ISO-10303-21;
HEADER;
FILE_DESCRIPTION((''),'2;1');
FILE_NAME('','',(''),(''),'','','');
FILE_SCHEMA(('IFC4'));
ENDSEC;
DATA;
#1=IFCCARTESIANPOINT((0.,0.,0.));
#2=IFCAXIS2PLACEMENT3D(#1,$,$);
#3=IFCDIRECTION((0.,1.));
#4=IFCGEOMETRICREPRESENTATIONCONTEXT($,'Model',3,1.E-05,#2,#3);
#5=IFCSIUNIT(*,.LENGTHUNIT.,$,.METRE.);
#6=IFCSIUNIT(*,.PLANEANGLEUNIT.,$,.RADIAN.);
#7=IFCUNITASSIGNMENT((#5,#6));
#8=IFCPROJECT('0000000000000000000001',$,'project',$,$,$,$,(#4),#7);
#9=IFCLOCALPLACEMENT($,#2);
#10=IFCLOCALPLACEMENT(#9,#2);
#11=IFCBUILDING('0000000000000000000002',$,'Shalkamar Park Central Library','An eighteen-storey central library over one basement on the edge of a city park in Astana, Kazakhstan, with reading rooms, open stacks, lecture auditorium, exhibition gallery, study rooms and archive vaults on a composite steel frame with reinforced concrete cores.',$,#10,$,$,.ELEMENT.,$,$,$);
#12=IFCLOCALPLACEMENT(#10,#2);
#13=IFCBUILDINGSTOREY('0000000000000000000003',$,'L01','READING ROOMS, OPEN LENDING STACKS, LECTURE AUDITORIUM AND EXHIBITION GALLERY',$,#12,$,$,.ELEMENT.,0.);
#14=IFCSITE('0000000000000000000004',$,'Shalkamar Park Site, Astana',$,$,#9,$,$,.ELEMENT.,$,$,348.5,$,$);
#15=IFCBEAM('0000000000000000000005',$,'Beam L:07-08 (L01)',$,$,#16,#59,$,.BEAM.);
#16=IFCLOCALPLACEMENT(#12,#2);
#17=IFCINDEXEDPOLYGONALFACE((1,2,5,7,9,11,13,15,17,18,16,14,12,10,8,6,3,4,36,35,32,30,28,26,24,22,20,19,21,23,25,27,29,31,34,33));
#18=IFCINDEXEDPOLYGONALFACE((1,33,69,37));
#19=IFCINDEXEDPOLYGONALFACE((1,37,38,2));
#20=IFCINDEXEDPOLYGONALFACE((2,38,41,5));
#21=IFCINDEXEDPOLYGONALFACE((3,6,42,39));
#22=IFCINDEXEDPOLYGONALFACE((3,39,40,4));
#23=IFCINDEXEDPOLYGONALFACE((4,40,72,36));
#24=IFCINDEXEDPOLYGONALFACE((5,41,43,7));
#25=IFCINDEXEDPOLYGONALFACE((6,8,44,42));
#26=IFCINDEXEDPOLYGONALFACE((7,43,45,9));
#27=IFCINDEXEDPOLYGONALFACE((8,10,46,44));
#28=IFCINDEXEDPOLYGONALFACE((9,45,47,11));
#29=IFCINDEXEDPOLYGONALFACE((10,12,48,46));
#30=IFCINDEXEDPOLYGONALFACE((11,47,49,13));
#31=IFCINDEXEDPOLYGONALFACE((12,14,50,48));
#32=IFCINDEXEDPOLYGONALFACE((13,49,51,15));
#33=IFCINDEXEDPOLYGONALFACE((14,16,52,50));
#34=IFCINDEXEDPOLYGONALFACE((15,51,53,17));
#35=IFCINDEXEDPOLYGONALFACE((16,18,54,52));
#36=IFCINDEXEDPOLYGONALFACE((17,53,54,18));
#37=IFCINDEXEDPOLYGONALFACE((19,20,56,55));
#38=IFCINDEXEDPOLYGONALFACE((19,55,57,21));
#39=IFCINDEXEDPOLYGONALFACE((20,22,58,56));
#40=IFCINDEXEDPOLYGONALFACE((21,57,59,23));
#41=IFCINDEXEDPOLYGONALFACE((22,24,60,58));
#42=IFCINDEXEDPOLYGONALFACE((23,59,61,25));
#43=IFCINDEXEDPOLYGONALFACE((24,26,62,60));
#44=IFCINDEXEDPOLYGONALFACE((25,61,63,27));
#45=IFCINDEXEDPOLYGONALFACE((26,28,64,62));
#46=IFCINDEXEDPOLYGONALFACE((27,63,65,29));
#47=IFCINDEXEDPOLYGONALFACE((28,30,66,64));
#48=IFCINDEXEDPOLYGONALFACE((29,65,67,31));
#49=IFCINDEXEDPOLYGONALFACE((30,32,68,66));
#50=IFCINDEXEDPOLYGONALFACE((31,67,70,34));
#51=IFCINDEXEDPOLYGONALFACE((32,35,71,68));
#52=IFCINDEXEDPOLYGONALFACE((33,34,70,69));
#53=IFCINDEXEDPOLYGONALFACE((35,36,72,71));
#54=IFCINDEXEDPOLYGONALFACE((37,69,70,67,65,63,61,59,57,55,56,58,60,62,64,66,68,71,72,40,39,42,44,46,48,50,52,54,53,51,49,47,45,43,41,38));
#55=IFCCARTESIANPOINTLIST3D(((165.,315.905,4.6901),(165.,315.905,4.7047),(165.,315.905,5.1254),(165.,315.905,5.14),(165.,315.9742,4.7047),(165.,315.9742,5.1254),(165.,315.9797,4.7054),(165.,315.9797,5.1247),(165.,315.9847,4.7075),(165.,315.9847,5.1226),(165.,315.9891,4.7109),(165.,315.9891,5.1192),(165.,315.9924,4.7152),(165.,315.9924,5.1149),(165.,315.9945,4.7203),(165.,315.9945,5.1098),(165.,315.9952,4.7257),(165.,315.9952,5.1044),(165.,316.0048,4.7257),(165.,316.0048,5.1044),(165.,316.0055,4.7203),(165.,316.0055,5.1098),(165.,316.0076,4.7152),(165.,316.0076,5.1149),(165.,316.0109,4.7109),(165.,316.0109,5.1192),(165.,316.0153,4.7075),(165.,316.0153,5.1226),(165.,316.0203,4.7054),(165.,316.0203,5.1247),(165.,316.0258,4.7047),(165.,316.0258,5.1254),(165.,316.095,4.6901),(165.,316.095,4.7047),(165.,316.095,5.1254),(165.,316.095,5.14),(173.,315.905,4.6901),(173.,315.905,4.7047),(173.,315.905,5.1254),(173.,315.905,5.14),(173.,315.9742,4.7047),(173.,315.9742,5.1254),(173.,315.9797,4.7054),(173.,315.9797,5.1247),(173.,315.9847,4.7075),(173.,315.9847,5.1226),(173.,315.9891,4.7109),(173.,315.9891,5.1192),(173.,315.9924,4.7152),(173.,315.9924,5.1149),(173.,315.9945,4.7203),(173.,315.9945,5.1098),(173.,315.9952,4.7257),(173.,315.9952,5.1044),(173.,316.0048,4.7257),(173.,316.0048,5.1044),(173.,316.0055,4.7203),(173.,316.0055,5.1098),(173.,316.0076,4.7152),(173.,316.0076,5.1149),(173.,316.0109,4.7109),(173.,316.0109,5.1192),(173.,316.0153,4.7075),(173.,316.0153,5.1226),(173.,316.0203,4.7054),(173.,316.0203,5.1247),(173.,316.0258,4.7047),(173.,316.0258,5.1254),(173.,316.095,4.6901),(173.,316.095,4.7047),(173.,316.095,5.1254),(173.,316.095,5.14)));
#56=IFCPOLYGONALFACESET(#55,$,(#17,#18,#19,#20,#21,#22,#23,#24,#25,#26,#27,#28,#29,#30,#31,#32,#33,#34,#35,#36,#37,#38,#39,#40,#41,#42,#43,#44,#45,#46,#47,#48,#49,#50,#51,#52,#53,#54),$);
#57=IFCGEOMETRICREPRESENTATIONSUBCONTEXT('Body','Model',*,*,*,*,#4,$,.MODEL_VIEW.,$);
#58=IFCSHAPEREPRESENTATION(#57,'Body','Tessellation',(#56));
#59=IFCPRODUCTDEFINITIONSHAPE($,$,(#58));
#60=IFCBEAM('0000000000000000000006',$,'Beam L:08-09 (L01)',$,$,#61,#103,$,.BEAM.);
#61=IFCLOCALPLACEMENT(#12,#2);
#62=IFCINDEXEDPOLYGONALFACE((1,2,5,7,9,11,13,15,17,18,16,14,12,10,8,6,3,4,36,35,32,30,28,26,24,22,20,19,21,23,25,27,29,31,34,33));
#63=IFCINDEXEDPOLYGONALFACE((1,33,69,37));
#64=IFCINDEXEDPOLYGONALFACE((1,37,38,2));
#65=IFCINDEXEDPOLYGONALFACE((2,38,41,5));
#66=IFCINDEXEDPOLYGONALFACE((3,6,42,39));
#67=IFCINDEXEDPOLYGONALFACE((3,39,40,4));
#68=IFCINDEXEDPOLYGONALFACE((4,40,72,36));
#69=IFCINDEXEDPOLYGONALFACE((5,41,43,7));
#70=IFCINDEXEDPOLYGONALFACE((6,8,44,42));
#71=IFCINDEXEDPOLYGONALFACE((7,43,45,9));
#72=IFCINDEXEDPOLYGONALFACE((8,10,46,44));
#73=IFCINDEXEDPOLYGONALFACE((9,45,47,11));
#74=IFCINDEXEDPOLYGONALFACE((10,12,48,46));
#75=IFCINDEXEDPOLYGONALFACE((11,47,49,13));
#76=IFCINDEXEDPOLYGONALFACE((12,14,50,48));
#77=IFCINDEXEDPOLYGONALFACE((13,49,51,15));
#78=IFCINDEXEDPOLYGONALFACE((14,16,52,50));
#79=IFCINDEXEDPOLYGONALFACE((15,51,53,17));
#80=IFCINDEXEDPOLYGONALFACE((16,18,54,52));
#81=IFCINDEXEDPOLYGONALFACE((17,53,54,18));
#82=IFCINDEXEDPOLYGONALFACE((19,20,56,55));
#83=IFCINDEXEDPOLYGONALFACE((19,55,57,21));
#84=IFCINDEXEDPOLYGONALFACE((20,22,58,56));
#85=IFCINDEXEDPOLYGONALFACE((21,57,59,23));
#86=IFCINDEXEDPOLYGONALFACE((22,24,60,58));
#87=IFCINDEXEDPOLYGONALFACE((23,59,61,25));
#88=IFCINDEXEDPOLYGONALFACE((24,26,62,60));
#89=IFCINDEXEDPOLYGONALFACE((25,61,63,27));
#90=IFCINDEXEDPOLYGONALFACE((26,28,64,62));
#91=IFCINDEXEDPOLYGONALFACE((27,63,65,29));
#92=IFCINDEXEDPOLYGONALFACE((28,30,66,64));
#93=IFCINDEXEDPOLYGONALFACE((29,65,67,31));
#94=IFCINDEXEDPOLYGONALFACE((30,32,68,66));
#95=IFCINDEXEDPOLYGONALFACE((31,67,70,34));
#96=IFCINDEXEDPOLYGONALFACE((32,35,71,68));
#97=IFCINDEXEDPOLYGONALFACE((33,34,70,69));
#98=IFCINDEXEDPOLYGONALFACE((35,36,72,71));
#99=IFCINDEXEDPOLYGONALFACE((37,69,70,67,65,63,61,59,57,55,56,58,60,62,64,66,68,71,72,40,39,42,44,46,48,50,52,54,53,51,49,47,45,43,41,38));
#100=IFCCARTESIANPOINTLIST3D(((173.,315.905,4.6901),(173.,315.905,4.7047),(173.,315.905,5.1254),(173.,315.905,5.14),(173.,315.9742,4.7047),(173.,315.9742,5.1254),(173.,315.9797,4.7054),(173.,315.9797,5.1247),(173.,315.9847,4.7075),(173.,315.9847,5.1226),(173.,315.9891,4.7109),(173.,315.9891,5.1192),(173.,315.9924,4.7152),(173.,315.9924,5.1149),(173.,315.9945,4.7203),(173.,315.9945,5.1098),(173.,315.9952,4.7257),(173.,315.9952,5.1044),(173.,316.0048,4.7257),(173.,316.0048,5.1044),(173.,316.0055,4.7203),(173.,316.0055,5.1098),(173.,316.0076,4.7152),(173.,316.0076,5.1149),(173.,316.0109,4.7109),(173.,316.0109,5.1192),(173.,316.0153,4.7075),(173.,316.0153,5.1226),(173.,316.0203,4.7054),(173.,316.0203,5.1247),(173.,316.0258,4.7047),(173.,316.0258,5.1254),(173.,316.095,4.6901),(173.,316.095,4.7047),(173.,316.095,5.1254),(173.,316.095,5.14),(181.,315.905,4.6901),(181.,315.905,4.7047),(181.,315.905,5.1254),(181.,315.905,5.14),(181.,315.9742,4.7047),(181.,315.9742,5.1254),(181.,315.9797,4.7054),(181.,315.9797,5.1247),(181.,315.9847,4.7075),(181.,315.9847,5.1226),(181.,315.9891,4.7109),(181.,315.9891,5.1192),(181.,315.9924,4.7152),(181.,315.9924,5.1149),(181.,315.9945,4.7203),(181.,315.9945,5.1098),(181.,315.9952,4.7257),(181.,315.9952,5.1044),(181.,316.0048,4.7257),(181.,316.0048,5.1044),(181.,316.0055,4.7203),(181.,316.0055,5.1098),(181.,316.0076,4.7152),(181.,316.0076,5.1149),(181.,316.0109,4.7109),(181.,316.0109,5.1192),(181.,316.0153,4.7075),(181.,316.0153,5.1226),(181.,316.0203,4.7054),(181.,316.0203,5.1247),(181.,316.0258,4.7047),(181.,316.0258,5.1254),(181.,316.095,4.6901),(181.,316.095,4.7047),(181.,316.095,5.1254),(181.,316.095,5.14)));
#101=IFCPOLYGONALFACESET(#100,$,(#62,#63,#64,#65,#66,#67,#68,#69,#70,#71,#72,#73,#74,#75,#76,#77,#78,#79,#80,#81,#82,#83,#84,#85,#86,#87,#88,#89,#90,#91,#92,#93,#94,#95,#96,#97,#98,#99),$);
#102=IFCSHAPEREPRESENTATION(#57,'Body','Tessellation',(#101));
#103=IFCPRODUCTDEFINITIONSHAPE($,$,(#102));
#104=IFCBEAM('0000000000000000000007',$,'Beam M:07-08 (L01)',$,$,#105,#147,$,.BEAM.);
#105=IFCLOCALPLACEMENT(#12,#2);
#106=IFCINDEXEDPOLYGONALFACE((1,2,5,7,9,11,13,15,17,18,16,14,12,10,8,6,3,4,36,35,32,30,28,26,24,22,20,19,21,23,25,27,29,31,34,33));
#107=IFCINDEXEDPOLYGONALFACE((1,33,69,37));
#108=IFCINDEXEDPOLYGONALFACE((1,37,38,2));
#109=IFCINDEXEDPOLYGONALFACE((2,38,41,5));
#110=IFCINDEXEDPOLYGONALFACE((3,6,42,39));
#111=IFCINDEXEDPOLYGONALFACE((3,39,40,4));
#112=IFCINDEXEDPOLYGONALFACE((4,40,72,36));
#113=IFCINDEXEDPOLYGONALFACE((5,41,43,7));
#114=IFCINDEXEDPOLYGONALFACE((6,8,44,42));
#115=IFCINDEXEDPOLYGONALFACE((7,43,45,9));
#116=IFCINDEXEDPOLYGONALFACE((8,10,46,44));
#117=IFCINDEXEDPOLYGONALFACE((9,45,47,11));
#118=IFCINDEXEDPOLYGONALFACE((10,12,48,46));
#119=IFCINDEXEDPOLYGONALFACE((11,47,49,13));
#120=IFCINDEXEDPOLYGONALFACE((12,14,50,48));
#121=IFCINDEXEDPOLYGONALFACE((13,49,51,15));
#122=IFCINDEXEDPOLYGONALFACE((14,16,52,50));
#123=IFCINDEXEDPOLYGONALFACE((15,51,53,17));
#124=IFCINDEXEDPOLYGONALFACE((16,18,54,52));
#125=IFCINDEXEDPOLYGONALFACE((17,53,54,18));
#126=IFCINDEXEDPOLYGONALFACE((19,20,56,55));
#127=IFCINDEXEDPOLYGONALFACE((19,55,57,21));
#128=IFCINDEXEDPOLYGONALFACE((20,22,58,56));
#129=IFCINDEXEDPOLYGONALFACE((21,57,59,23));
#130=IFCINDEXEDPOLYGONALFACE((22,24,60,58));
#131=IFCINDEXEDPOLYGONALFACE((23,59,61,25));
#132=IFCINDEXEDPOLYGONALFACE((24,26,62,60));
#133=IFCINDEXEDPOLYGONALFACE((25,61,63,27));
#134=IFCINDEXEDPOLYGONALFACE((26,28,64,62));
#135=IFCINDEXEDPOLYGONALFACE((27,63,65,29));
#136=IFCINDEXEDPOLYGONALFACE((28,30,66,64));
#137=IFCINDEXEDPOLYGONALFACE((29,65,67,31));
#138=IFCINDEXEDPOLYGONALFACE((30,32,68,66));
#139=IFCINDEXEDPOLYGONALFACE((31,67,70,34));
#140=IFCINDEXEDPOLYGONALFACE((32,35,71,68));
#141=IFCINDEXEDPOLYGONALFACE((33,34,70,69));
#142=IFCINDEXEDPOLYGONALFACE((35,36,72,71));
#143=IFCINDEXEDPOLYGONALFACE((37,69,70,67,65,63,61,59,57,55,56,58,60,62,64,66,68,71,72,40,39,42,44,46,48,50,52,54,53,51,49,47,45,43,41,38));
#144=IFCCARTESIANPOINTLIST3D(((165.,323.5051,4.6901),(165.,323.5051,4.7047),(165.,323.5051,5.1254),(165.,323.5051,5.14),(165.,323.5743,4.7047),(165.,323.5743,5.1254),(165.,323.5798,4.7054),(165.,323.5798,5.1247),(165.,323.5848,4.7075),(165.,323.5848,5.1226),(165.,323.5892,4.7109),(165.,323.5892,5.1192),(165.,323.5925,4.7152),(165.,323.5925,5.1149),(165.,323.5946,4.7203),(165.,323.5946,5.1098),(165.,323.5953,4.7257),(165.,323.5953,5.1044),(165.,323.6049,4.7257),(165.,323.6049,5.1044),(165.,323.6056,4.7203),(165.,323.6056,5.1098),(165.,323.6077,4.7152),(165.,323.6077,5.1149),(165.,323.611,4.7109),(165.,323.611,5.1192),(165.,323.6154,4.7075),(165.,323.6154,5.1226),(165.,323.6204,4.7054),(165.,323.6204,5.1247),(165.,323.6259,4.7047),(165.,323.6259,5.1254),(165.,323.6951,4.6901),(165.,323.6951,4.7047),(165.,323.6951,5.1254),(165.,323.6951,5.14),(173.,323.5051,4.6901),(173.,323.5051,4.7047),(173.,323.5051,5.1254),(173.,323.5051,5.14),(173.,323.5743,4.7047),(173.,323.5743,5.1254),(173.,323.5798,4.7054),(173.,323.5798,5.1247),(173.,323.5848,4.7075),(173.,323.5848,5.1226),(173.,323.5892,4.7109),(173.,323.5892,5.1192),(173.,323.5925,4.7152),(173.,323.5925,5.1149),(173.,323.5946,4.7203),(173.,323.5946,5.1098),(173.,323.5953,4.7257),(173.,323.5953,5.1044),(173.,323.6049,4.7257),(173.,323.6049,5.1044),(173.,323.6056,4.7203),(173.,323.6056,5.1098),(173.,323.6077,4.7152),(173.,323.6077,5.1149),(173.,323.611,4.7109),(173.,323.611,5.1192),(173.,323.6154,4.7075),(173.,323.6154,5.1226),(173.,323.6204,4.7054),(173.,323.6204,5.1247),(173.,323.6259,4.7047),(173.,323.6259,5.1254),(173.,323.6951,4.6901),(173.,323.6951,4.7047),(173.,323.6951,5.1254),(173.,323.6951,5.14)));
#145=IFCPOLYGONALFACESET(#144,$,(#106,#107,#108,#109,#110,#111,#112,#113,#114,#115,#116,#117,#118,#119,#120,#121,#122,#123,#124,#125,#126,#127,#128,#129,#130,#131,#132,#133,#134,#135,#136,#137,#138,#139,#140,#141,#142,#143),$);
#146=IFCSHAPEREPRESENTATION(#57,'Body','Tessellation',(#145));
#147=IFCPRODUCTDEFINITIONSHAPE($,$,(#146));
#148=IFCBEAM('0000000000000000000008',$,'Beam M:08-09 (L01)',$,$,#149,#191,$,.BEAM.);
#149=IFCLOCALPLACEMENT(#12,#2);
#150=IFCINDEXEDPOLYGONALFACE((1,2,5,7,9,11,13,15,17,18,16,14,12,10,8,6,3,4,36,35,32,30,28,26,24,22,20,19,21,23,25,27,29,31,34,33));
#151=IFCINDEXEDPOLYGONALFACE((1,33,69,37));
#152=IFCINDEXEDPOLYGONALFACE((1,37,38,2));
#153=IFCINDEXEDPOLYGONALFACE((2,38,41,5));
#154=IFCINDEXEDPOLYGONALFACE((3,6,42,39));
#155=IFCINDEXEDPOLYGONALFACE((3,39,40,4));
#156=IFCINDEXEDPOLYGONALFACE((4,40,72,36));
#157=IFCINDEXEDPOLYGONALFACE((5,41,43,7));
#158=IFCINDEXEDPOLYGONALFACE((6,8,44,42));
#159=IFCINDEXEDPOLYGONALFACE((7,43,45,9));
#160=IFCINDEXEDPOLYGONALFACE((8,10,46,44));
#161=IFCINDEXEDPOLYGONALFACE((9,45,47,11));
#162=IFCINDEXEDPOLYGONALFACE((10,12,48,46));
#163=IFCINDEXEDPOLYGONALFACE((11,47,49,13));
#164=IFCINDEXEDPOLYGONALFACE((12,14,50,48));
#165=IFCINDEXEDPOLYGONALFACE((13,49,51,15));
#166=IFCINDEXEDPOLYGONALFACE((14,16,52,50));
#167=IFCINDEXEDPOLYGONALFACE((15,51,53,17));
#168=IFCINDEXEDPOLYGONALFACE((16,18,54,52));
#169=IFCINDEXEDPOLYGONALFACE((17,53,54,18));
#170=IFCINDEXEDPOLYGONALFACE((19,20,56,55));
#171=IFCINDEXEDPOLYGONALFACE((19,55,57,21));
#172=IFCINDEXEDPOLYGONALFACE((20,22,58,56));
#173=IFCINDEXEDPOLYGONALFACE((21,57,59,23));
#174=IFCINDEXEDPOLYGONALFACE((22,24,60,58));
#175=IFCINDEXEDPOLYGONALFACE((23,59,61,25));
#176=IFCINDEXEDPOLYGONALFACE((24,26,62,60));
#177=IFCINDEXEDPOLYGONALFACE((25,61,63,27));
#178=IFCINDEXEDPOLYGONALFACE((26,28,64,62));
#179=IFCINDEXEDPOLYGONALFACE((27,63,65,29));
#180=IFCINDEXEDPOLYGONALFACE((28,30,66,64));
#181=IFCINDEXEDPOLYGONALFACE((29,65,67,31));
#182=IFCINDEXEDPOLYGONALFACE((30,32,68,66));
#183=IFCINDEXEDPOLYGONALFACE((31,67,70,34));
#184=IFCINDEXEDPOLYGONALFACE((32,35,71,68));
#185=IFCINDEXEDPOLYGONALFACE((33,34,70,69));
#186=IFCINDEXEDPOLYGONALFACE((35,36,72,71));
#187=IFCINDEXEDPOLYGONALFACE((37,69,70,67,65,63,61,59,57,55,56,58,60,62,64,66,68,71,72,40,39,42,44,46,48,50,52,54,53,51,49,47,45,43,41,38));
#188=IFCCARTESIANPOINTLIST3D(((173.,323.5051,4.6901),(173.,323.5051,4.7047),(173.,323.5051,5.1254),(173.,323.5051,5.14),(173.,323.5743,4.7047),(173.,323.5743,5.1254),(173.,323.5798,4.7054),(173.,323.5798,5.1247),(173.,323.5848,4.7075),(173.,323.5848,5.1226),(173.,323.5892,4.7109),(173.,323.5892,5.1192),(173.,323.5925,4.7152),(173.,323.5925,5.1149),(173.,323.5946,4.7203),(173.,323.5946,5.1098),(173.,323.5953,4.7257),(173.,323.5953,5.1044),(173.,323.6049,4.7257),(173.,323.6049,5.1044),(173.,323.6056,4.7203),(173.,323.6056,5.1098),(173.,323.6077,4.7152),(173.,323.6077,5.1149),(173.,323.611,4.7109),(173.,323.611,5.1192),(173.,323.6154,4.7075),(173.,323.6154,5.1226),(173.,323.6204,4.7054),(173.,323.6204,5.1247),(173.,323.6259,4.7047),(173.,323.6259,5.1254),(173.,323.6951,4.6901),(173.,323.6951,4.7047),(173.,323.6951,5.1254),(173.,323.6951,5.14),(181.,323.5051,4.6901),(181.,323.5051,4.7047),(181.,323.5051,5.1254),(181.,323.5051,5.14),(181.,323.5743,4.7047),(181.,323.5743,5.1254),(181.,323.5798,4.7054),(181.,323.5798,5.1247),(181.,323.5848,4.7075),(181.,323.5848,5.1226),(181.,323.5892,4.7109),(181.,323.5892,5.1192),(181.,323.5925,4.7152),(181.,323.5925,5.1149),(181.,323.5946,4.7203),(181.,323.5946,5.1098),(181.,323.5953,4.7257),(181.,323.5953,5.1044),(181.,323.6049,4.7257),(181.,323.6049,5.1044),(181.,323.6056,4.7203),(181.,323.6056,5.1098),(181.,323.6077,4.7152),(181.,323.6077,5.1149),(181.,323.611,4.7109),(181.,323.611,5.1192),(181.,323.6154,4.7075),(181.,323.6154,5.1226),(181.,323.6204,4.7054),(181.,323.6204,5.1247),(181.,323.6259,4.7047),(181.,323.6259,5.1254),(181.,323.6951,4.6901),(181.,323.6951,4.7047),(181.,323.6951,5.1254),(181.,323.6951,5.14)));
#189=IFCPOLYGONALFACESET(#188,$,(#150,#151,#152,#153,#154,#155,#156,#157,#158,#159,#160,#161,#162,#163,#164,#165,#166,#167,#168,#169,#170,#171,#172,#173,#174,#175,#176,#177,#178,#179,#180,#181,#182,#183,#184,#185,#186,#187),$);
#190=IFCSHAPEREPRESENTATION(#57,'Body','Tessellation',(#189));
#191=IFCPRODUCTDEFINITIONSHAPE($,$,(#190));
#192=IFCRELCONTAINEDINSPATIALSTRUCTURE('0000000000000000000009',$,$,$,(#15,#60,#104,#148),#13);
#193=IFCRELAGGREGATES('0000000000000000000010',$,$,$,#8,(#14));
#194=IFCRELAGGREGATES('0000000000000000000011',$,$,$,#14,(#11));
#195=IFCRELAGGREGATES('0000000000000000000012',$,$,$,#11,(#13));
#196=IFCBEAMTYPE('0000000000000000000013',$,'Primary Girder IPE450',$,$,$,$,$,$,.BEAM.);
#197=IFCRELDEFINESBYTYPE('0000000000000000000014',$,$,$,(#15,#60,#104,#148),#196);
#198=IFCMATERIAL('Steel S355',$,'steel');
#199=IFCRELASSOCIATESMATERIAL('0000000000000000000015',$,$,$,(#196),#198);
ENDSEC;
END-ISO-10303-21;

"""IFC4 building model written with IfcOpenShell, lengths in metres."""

from ifc_helpers import new_model, si_unit, direction, frame, origin, origin_2d, place, context, subcontext, project, spatial, i_section, extrude, material, material_profile, profile_set, type_object, element, save


model = new_model("IFC4")

# Units and contexts
model_context = context("Model", 3, precision=1e-05, world=origin(), true_north=direction((0.0, 1.0)))
body_context = subcontext(model_context, "Body", "Model", "MODEL_VIEW")
ifc_project = project(units=[si_unit("LENGTHUNIT", "METRE"), si_unit("PLANEANGLEUNIT", "RADIAN")], contexts=[model_context])

# Site, building, storey
site_placement = place(None, origin())
site = spatial("IfcSite", under=ifc_project, at=site_placement, Name="Shalkamar Park Site, Astana", CompositionType="ELEMENT", RefElevation=348.5)
building_placement = place(site_placement, origin())
building = spatial("IfcBuilding", under=site, at=building_placement, Name="Shalkamar Park Central Library", Description="An eighteen-storey central library over one basement on the edge of a city park in Astana, Kazakhstan, with reading rooms, open stacks, lecture auditorium, exhibition gallery, study rooms and archive vaults on a composite steel frame with reinforced concrete cores.", CompositionType="ELEMENT")
storey_placement = place(building_placement, origin())
storey = spatial("IfcBuildingStorey", under=building, at=storey_placement, Name="L01", Description="READING ROOMS, OPEN LENDING STACKS, LECTURE AUDITORIUM AND EXHIBITION GALLERY", CompositionType="ELEMENT", Elevation=0.0)

# Shared definitions
ifc_material_1 = material(Name="Steel S355", Category="steel")

# Beams
ifc_material_profile_1 = material_profile(ifc_material_1, i_section(OverallWidth=0.1899, OverallDepth=0.45, WebThickness=0.0095, FlangeThickness=0.0146, FilletRadius=0.021, at=origin_2d()), Name="IPE 450")
ifc_profile_set_1 = profile_set([ifc_material_profile_1], Name="Steel S355")
beam_type_1 = type_object("IfcBeamType", Name="Primary Girder IPE450", PredefinedType="BEAM", material=ifc_profile_set_1)
for number, where, z_axis, x_axis, name in (
    (1, (165.0, 316.0, 4.915), (1.0, 0.0, 0.0), (0.0, 1.0, 0.0), "Beam L:07-08 (L01)"),
    (2, (173.0, 316.0, 4.915), (1.0, 0.0, 0.0), (0.0, 1.0, 0.0), "Beam L:08-09 (L01)"),
    (3, (165.0, 323.6001, 4.915), (1.0, 0.0, 0.0), (0.0, 1.0, 0.0), "Beam M:07-08 (L01)"),
    (4, (173.0, 323.6001, 4.915), (1.0, 0.0, 0.0), (0.0, 1.0, 0.0), "Beam M:08-09 (L01)"),
):
    element("IfcBeam", number, at=place(storey_placement, frame(where, z_axis=z_axis, x_axis=x_axis)), inside=storey, type_object=beam_type_1, Name=name, PredefinedType="BEAM", context=body_context, shape_type="SweptSolid", body=[
        extrude(i_section(OverallWidth=0.1899, OverallDepth=0.45, WebThickness=0.0095, FlangeThickness=0.0146, FilletRadius=0.021, at=origin_2d()), origin(), (0.0, 0.0, 1.0), 8.0),
    ])

save(model, "model.ifc")
